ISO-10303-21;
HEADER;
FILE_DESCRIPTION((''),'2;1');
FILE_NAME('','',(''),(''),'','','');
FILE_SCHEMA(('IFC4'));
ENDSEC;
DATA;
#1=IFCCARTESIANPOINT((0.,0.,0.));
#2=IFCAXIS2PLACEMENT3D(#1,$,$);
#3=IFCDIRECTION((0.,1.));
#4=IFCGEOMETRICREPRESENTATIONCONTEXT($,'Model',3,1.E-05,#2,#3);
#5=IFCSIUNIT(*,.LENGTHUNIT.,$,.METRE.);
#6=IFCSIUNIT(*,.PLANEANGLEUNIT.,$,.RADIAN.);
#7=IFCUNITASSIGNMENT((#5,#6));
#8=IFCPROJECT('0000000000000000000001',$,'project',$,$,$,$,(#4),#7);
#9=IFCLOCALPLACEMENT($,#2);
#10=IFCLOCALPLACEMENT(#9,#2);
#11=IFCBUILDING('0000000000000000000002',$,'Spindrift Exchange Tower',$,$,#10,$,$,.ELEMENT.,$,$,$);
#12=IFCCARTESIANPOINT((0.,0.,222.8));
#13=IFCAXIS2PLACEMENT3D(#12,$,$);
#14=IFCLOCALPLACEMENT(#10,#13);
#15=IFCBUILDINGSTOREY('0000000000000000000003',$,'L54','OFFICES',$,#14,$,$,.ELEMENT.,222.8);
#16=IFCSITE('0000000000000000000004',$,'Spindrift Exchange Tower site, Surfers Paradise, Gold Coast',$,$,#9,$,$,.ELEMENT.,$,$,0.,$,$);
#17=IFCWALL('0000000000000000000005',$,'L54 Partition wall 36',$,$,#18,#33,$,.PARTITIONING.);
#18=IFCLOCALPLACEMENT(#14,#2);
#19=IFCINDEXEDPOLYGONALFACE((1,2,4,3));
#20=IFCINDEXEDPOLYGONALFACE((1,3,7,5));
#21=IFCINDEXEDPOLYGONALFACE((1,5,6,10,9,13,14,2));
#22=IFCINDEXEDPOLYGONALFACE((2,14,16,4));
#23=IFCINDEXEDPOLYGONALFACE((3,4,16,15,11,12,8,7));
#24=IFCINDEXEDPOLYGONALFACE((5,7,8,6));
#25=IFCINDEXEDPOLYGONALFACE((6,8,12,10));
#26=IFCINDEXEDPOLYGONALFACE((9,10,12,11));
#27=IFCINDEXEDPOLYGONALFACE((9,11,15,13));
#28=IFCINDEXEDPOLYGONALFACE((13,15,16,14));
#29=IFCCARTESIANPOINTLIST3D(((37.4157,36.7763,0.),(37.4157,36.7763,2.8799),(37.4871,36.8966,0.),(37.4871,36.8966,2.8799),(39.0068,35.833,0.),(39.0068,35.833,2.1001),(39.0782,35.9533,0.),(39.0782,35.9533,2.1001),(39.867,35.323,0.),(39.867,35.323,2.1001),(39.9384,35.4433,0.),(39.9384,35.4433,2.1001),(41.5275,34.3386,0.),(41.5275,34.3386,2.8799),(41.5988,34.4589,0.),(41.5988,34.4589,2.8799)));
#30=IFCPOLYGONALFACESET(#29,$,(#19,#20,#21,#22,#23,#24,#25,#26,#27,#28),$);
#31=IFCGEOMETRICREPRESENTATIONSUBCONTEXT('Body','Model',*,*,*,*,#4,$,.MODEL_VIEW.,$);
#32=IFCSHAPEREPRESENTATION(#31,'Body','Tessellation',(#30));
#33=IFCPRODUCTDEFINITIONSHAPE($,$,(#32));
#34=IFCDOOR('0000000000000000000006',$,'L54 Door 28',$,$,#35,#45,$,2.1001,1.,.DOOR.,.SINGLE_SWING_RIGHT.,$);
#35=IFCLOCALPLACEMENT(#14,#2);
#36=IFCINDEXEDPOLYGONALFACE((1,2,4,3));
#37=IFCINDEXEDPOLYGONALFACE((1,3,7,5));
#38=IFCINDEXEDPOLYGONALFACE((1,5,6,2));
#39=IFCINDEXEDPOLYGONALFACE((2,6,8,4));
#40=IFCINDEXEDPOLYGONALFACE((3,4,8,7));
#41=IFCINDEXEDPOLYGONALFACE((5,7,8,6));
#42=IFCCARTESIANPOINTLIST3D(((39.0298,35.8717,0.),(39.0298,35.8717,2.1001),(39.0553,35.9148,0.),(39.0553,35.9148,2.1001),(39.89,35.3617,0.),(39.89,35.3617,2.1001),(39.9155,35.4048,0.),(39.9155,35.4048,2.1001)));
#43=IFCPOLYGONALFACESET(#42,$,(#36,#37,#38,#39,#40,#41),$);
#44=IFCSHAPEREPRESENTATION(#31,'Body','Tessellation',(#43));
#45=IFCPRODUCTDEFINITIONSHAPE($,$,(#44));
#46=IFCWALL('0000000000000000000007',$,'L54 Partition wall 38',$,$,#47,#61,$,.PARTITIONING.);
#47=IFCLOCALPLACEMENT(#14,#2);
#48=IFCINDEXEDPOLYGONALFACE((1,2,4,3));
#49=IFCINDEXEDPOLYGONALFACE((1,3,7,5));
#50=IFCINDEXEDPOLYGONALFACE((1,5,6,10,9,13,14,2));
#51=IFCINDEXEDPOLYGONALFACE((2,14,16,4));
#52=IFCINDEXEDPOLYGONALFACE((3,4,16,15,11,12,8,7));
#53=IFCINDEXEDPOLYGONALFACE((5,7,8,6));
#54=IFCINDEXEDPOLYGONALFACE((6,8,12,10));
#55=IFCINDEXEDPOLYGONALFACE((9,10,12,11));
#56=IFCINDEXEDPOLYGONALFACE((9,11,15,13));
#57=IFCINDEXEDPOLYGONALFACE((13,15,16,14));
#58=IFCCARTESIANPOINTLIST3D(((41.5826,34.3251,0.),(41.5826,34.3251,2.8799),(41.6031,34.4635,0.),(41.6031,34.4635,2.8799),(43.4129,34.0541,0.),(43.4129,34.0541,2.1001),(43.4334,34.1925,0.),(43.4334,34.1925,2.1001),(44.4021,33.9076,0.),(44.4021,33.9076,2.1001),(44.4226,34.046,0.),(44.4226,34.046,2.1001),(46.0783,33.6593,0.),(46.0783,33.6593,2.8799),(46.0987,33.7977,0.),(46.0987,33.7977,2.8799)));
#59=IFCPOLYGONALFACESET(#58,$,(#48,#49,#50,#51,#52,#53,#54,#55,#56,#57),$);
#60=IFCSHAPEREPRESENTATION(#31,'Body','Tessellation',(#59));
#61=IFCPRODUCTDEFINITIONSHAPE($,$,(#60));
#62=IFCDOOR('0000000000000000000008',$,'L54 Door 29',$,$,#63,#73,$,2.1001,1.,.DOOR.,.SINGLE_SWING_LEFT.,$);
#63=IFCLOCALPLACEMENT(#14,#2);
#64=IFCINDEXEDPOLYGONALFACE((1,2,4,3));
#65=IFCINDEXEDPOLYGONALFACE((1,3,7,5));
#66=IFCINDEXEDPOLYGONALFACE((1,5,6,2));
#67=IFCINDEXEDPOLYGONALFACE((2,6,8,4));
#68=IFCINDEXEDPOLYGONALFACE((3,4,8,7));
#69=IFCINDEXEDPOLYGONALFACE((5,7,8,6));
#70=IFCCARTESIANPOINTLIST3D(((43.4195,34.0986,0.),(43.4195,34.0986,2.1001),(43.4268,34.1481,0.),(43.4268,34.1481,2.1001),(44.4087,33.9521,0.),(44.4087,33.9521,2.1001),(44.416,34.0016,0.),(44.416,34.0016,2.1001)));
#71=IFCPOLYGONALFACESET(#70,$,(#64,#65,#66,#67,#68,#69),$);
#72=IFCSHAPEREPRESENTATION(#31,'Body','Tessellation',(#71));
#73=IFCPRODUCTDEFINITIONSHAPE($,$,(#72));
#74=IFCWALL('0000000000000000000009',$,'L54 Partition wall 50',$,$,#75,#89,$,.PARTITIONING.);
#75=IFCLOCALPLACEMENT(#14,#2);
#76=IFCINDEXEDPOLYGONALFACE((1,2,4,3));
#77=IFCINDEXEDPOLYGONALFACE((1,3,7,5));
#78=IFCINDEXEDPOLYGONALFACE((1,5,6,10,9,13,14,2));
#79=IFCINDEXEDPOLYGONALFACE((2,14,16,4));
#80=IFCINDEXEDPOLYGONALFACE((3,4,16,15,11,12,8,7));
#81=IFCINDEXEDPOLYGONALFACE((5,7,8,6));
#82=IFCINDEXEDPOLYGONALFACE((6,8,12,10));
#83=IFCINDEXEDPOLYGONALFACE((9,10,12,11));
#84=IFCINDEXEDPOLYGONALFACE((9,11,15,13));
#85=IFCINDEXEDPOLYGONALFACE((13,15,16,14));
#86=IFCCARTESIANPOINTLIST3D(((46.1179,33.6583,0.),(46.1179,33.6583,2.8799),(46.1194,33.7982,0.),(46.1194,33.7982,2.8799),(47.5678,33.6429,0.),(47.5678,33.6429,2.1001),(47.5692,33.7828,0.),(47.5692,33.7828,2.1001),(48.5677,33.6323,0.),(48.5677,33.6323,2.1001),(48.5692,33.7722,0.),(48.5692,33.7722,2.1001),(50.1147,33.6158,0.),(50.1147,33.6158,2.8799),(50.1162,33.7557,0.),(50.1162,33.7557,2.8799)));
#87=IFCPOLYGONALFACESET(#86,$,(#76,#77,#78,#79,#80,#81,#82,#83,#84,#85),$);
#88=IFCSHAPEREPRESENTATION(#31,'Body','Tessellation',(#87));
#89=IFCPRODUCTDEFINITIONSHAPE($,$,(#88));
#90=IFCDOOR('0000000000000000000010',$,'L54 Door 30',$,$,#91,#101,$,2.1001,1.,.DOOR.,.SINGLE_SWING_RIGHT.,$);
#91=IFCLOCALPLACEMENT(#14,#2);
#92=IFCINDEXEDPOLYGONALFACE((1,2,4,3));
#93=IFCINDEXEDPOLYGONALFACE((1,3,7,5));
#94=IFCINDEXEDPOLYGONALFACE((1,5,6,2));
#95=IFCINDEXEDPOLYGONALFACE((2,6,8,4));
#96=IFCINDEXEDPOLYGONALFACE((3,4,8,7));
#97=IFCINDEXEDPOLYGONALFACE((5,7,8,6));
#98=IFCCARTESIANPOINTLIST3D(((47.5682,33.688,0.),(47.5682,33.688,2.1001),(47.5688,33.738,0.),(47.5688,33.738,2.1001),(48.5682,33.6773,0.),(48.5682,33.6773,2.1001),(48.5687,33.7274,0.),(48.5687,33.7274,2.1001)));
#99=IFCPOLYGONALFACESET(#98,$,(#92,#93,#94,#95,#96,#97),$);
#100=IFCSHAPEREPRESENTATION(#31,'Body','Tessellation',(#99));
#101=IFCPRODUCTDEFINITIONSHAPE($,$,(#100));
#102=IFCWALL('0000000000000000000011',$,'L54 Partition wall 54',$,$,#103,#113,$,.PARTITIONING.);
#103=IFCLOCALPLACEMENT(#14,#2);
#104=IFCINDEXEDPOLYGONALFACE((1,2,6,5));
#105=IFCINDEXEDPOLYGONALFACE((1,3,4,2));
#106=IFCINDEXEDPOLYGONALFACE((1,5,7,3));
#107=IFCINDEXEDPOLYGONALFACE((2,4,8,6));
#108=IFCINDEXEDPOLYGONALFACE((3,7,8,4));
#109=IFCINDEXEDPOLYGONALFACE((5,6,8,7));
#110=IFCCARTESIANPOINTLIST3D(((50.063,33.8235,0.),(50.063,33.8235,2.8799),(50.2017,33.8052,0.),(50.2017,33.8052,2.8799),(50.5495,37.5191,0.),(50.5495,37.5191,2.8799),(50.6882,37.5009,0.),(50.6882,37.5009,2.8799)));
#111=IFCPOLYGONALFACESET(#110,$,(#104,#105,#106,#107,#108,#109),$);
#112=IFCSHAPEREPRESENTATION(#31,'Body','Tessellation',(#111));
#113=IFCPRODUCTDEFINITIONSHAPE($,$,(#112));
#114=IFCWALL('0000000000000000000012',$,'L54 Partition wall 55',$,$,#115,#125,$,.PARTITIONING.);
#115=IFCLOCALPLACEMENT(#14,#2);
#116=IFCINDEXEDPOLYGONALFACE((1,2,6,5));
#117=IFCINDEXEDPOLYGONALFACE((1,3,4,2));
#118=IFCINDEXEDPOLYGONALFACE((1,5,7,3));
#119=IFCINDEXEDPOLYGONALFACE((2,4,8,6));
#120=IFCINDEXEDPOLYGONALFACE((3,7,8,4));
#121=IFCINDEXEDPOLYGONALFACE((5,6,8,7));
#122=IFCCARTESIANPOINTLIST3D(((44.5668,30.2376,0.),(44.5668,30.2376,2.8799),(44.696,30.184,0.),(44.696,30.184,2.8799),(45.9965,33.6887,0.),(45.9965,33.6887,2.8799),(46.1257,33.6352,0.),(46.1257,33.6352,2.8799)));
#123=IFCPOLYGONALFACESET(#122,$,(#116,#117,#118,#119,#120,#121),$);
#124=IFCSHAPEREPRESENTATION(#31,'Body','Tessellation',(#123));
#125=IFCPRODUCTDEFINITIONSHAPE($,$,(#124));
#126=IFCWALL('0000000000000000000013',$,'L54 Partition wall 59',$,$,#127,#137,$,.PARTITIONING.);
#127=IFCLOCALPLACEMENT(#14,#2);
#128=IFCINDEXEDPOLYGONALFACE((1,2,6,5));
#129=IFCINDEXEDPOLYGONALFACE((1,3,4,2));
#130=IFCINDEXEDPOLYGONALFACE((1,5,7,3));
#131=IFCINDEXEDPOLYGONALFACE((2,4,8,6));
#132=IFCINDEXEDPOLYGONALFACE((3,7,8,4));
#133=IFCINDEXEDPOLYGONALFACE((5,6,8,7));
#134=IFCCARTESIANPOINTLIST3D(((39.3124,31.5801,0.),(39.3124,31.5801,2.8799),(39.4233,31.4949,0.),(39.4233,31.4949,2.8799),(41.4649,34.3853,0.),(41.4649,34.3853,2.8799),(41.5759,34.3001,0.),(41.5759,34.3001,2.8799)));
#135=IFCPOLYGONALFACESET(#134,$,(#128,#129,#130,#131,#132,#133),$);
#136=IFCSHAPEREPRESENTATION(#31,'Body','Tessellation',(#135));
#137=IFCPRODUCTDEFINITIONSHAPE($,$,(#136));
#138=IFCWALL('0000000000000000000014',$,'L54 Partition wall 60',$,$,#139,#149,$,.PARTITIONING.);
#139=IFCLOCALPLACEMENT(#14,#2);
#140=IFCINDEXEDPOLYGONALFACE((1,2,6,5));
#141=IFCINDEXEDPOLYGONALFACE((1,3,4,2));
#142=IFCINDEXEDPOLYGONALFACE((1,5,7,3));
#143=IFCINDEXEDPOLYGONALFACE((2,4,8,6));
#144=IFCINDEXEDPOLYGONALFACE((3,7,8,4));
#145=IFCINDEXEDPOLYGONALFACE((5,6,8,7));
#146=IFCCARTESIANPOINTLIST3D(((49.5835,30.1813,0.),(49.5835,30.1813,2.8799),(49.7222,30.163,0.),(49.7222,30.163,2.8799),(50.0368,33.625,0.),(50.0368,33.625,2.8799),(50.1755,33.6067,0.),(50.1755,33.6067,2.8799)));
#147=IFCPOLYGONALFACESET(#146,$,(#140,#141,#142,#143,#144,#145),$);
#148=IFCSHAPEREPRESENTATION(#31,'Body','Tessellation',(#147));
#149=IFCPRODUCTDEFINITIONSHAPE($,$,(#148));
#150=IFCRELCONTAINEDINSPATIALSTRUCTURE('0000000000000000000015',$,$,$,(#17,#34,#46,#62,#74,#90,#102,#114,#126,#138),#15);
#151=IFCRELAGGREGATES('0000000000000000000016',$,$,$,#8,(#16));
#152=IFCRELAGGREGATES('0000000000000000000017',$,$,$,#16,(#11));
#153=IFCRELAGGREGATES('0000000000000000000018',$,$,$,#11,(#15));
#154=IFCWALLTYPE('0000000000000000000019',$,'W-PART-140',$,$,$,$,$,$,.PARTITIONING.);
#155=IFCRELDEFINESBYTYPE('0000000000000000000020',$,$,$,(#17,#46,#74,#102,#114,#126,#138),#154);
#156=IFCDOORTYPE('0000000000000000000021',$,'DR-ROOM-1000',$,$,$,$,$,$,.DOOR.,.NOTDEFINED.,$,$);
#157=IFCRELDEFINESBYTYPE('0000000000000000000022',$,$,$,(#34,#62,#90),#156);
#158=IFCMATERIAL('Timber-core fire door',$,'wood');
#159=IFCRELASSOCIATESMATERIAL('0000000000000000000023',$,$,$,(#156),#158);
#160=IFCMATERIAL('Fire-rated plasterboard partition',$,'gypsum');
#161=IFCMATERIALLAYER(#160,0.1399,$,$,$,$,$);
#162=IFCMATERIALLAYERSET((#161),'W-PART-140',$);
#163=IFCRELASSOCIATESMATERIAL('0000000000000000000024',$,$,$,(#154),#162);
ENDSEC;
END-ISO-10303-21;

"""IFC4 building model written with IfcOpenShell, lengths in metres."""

from ifc_helpers import new_model, si_unit, direction, frame, frame_2d, origin, place, context, subcontext, project, spatial, rectangle, extrude, source, transform, mapped, material, layer, layer_set, type_object, element, fill, save


model = new_model("IFC4")

# Units and contexts
model_context = context("Model", 3, precision=1e-05, world=origin(), true_north=direction((0.0, 1.0)))
body_context = subcontext(model_context, "Body", "Model", "MODEL_VIEW")
ifc_project = project(units=[si_unit("LENGTHUNIT", "METRE"), si_unit("PLANEANGLEUNIT", "RADIAN")], contexts=[model_context])

# Site, building, storey
site_placement = place(None, origin())
site = spatial("IfcSite", under=ifc_project, at=site_placement, Name="Spindrift Exchange Tower site, Surfers Paradise, Gold Coast", CompositionType="ELEMENT", RefElevation=0.0)
building_placement = place(site_placement, origin())
building = spatial("IfcBuilding", under=site, at=building_placement, Name="Spindrift Exchange Tower", CompositionType="ELEMENT")
storey_placement = place(building_placement, frame((0.0, 0.0, 222.8)))
storey = spatial("IfcBuildingStorey", under=building, at=storey_placement, Name="L54", Description="OFFICES", CompositionType="ELEMENT", Elevation=222.8)

# Shared definitions
ifc_material_1 = material(Name="Fire-rated plasterboard partition", Category="gypsum")
ifc_material_2 = material(Name="Timber-core fire door", Category="wood")
door_type_1 = type_object("IfcDoorType", Name="DR-ROOM-1000", OperationType="NOTDEFINED", PredefinedType="DOOR", material=ifc_material_2)
shared_shape_1 = source(origin(), body_context, "Body", "SweptSolid", [
    extrude(rectangle(XDim=1.0, YDim=2.1001, at=frame_2d((0.5, 1.05))), frame((0.0, 0.0249, 0.0), z_axis=(0.0, -1.0, 0.0), x_axis=(1.0, 0.0, 0.0)), (0.0, 0.0, 1.0), 0.05),
])

# Walls, openings, doors
ifc_layer_1 = layer(ifc_material_1, 0.1399)
ifc_layer_set_1 = layer_set([ifc_layer_1], Name="W-PART-140")
wall_type_1 = type_object("IfcWallType", Name="W-PART-140", PredefinedType="PARTITIONING", material=ifc_layer_set_1)
wall_1_placement = place(storey_placement, frame((41.5632, 34.3987, 0.0), z_axis=(0.0, 0.0, 1.0), x_axis=(-0.860189, 0.509975, 0.0)))
wall_1 = element("IfcWall", 1, at=wall_1_placement, inside=storey, type_object=wall_type_1, Name="L54 Partition wall 36", PredefinedType="PARTITIONING", context=body_context, shape_type="SweptSolid", body=[
    extrude(rectangle(XDim=4.78, YDim=0.1399, at=frame_2d((2.3901, 0.0))), origin(), (0.0, 0.0, 1.0), 2.8799),
])
opening_1_placement = place(wall_1_placement, frame((1.9304, 0.0, 0.0)))
opening_1 = element("IfcOpeningElement", 2, at=opening_1_placement, cuts=wall_1, PredefinedType="OPENING", context=body_context, shape_type="SweptSolid", body=[
    extrude(rectangle(XDim=1.0, YDim=2.1001, at=frame_2d((0.5, 1.05))), frame((0.0, 0.0798, 0.0), z_axis=(0.0, -1.0, 0.0), x_axis=(1.0, 0.0, 0.0)), (0.0, 0.0, 1.0), 0.1599),
])
door_1_placement = place(opening_1_placement, origin())
door_1 = element("IfcDoor", 3, at=door_1_placement, inside=storey, type_object=door_type_1, Name="L54 Door 28", OperationType="SINGLE_SWING_RIGHT", OverallHeight=2.1001, OverallWidth=1.0, PredefinedType="DOOR", context=body_context, shape_type="MappedRepresentation", body=[
    mapped(shared_shape_1, transform((0.0, 0.0, 0.0), scale=1.0)),
])
fill(opening_1, door_1)
wall_2_placement = place(storey_placement, frame((46.0886, 33.7285, 0.0), z_axis=(0.0, 0.0, 1.0), x_axis=(-0.989211, 0.146496, 0.0)))
wall_2 = element("IfcWall", 4, at=wall_2_placement, inside=storey, type_object=wall_type_1, Name="L54 Partition wall 38", PredefinedType="PARTITIONING", context=body_context, shape_type="SweptSolid", body=[
    extrude(rectangle(XDim=4.5447, YDim=0.1399, at=frame_2d((2.2725, 0.0))), origin(), (0.0, 0.0, 1.0), 2.8799),
])
opening_2_placement = place(wall_2_placement, frame((1.6946, 0.0, 0.0)))
opening_2 = element("IfcOpeningElement", 5, at=opening_2_placement, cuts=wall_2, PredefinedType="OPENING", context=body_context, shape_type="SweptSolid", body=[
    extrude(rectangle(XDim=1.0, YDim=2.1001, at=frame_2d((0.5, 1.05))), frame((0.0, 0.0798, 0.0), z_axis=(0.0, -1.0, 0.0), x_axis=(1.0, 0.0, 0.0)), (0.0, 0.0, 1.0), 0.1599),
])
door_2_placement = place(opening_2_placement, origin())
door_2 = element("IfcDoor", 6, at=door_2_placement, inside=storey, type_object=door_type_1, Name="L54 Door 29", OperationType="SINGLE_SWING_LEFT", OverallHeight=2.1001, OverallWidth=1.0, PredefinedType="DOOR", context=body_context, shape_type="MappedRepresentation", body=[
    mapped(shared_shape_1, transform((0.0, 0.0, 0.0), scale=1.0)),
])
fill(opening_2, door_2)
wall_3_placement = place(storey_placement, frame((50.1155, 33.6858, 0.0), z_axis=(0.0, 0.0, 1.0), x_axis=(-0.999944, 0.010628, 0.0)))
wall_3 = element("IfcWall", 7, at=wall_3_placement, inside=storey, type_object=wall_type_1, Name="L54 Partition wall 50", PredefinedType="PARTITIONING", context=body_context, shape_type="SweptSolid", body=[
    extrude(rectangle(XDim=3.9971, YDim=0.1399, at=frame_2d((1.9985, 0.0))), origin(), (0.0, 0.0, 1.0), 2.8799),
])
opening_3_placement = place(wall_3_placement, frame((1.5471, 0.0, 0.0)))
opening_3 = element("IfcOpeningElement", 8, at=opening_3_placement, cuts=wall_3, PredefinedType="OPENING", context=body_context, shape_type="SweptSolid", body=[
    extrude(rectangle(XDim=1.0, YDim=2.1001, at=frame_2d((0.5, 1.05))), frame((0.0, 0.0798, 0.0), z_axis=(0.0, -1.0, 0.0), x_axis=(1.0, 0.0, 0.0)), (0.0, 0.0, 1.0), 0.1599),
])
door_3_placement = place(opening_3_placement, origin())
door_3 = element("IfcDoor", 9, at=door_3_placement, inside=storey, type_object=door_type_1, Name="L54 Door 30", OperationType="SINGLE_SWING_RIGHT", OverallHeight=2.1001, OverallWidth=1.0, PredefinedType="DOOR", context=body_context, shape_type="MappedRepresentation", body=[
    mapped(shared_shape_1, transform((0.0, 0.0, 0.0), scale=1.0)),
])
fill(opening_3, door_3)

# Walls
wall_4_placement = place(storey_placement, frame((50.6189, 37.51, 0.0), z_axis=(0.0, 0.0, 1.0), x_axis=(-0.130538, -0.991443, 0.0)))
element("IfcWall", 10, at=wall_4_placement, inside=storey, type_object=wall_type_1, Name="L54 Partition wall 54", PredefinedType="PARTITIONING", context=body_context, shape_type="SweptSolid", body=[
    extrude(rectangle(XDim=3.7275, YDim=0.1399, at=frame_2d((1.8638, 0.0))), origin(), (0.0, 0.0, 1.0), 2.8799),
])
wall_5_placement = place(storey_placement, frame((46.061, 33.6619, 0.0), z_axis=(0.0, 0.0, 1.0), x_axis=(-0.382721, -0.923864, 0.0)))
element("IfcWall", 11, at=wall_5_placement, inside=storey, type_object=wall_type_1, Name="L54 Partition wall 55", PredefinedType="PARTITIONING", context=body_context, shape_type="SweptSolid", body=[
    extrude(rectangle(XDim=3.7356, YDim=0.1399, at=frame_2d((1.8677, 0.0))), origin(), (0.0, 0.0, 1.0), 2.8799),
])
wall_6_placement = place(storey_placement, frame((41.5205, 34.3428, 0.0), z_axis=(0.0, 0.0, 1.0), x_axis=(-0.608779, -0.79334, 0.0)))
element("IfcWall", 12, at=wall_6_placement, inside=storey, type_object=wall_type_1, Name="L54 Partition wall 59", PredefinedType="PARTITIONING", context=body_context, shape_type="SweptSolid", body=[
    extrude(rectangle(XDim=3.5359, YDim=0.1399, at=frame_2d((1.7681, 0.0))), origin(), (0.0, 0.0, 1.0), 2.8799),
])
wall_7_placement = place(storey_placement, frame((50.1062, 33.616, 0.0), z_axis=(0.0, 0.0, 1.0), x_axis=(-0.130529, -0.991444, 0.0)))
element("IfcWall", 13, at=wall_7_placement, inside=storey, type_object=wall_type_1, Name="L54 Partition wall 60", PredefinedType="PARTITIONING", context=body_context, shape_type="SweptSolid", body=[
    extrude(rectangle(XDim=3.4734, YDim=0.1399, at=frame_2d((1.7368, 0.0))), origin(), (0.0, 0.0, 1.0), 2.8799),
])

save(model, "model.ifc")
